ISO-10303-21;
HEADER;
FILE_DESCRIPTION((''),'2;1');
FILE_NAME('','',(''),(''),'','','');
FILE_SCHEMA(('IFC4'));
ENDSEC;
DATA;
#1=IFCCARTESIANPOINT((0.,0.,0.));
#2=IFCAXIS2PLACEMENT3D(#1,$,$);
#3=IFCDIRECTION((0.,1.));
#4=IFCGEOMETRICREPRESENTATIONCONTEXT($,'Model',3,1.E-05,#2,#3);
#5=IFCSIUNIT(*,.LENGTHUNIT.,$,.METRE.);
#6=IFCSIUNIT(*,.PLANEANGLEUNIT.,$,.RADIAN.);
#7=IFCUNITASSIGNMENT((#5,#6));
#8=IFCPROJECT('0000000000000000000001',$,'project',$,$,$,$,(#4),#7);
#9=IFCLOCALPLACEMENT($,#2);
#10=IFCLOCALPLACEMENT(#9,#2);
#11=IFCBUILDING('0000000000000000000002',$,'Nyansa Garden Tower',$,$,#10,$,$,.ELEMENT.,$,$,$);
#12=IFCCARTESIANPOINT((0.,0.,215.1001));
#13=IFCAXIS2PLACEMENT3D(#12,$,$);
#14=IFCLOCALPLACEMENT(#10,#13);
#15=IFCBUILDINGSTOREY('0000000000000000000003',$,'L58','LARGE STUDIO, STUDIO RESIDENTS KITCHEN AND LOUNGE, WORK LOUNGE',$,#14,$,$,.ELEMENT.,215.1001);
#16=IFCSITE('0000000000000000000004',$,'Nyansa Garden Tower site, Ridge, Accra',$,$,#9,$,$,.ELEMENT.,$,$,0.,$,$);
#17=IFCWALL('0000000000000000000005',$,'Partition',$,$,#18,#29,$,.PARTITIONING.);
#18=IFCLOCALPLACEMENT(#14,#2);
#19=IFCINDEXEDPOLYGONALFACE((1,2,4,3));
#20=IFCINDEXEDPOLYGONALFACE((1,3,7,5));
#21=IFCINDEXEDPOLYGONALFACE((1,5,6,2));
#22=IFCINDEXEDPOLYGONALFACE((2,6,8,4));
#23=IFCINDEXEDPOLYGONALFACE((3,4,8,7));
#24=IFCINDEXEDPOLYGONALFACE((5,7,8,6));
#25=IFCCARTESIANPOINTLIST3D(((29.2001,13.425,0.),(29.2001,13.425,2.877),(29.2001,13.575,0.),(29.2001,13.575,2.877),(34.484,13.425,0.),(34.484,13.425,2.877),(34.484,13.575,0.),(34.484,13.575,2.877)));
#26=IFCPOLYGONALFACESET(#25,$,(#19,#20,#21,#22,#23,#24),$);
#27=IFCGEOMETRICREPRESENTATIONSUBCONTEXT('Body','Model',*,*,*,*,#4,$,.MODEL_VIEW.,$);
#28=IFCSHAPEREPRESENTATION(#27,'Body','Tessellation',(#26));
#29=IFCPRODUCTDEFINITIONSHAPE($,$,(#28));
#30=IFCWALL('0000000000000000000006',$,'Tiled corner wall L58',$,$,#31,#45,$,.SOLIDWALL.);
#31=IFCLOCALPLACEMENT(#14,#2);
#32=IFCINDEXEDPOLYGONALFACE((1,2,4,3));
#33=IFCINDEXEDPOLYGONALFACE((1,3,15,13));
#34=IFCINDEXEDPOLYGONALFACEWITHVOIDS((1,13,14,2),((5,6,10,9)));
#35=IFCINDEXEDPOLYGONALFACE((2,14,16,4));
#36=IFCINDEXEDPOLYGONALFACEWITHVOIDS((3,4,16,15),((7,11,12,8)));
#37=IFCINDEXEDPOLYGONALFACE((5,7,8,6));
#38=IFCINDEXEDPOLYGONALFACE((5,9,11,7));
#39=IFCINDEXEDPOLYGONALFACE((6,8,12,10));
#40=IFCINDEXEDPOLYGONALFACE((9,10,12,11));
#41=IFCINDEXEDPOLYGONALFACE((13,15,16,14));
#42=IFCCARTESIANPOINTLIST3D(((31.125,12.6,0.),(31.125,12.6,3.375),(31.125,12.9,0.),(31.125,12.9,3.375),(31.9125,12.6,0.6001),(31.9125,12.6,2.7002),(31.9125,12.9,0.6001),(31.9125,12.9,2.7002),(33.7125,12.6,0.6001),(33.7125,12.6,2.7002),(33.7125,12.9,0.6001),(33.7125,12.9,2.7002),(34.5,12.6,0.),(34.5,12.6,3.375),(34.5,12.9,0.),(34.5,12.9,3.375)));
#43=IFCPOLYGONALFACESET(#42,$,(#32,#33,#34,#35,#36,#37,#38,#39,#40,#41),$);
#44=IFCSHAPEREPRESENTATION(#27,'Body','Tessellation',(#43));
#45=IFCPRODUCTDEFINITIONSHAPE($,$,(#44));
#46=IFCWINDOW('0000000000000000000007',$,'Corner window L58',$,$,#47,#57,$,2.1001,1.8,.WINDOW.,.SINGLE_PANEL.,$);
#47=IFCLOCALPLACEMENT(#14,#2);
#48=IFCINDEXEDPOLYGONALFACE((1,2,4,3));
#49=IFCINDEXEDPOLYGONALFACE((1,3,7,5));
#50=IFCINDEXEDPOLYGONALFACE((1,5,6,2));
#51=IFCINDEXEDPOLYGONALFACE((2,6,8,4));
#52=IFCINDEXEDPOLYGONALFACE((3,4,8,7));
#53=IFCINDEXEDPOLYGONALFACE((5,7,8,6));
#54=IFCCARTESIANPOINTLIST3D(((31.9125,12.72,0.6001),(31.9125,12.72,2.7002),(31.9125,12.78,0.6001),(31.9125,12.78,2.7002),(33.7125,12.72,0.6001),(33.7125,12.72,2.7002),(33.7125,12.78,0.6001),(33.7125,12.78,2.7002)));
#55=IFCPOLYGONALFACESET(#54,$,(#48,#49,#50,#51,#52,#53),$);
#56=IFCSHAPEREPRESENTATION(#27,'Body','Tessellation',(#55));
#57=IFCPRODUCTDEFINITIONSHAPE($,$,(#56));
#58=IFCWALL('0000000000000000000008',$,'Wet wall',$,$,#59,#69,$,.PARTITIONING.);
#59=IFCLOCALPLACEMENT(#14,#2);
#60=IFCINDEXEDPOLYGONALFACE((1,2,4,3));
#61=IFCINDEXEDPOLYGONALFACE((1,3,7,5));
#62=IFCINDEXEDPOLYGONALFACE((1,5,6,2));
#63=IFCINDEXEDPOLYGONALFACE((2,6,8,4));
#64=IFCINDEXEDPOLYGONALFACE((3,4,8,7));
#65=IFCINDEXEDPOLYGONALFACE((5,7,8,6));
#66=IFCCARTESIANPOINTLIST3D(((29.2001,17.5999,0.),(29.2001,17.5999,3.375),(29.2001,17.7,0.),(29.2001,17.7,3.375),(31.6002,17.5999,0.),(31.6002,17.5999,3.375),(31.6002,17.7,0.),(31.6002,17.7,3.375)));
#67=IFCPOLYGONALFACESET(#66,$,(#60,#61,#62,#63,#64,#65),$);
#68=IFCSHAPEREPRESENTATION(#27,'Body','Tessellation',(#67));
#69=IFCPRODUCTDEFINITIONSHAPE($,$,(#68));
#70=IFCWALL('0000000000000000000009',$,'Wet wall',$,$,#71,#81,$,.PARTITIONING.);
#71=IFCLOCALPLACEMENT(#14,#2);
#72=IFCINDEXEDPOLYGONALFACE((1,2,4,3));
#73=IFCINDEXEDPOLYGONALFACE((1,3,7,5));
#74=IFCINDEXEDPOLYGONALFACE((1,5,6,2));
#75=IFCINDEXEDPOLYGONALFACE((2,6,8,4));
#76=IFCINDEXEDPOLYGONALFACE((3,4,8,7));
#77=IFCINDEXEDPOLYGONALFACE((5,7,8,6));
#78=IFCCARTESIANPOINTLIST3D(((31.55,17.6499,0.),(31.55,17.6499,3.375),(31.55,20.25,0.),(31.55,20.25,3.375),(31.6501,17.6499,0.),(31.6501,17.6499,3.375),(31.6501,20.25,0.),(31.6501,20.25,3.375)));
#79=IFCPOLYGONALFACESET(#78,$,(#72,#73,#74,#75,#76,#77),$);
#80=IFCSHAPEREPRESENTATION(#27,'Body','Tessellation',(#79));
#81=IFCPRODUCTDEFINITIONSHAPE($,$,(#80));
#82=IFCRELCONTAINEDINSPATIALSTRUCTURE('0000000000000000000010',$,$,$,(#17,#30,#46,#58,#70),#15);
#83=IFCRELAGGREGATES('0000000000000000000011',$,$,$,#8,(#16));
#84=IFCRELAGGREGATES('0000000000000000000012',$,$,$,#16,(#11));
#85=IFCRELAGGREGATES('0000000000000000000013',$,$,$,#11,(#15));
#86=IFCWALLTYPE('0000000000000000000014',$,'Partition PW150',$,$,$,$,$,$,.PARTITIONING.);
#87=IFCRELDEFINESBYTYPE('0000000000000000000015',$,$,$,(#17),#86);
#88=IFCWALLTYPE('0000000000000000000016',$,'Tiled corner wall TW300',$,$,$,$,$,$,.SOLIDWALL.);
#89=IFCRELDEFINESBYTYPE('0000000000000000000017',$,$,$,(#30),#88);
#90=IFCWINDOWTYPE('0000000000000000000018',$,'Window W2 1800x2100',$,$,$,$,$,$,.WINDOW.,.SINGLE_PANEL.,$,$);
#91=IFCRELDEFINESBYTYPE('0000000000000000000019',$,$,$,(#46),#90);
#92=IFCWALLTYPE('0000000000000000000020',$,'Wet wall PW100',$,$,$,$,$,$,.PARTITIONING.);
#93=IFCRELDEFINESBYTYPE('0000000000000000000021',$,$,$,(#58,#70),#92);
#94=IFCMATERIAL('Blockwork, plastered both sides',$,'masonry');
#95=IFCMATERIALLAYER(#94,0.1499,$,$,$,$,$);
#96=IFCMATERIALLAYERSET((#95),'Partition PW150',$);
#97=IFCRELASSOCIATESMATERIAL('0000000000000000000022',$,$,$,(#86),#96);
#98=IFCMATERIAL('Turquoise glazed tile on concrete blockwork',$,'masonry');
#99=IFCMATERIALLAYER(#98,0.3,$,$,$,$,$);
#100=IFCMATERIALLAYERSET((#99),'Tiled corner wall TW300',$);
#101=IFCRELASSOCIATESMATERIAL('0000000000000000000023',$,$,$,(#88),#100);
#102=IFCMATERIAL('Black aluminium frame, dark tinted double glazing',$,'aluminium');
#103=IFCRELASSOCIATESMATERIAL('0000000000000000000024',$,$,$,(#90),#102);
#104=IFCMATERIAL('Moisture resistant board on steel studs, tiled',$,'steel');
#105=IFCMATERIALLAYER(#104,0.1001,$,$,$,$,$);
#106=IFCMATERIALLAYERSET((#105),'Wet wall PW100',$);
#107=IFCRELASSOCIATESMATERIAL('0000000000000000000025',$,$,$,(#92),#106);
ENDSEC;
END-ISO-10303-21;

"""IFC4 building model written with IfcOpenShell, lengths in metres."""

from ifc_helpers import new_model, si_unit, direction, frame, frame_2d, origin, place, context, subcontext, project, spatial, rectangle, extrude, material, layer, layer_set, type_object, element, fill, save


model = new_model("IFC4")

# Units and contexts
model_context = context("Model", 3, precision=1e-05, world=origin(), true_north=direction((0.0, 1.0)))
body_context = subcontext(model_context, "Body", "Model", "MODEL_VIEW")
ifc_project = project(units=[si_unit("LENGTHUNIT", "METRE"), si_unit("PLANEANGLEUNIT", "RADIAN")], contexts=[model_context])

# Site, building, storey
site_placement = place(None, origin())
site = spatial("IfcSite", under=ifc_project, at=site_placement, Name="Nyansa Garden Tower site, Ridge, Accra", CompositionType="ELEMENT", RefElevation=0.0)
building_placement = place(site_placement, origin())
building = spatial("IfcBuilding", under=site, at=building_placement, Name="Nyansa Garden Tower", CompositionType="ELEMENT")
storey_placement = place(building_placement, frame((0.0, 0.0, 215.1001)))
storey = spatial("IfcBuildingStorey", under=building, at=storey_placement, Name="L58", Description="LARGE STUDIO, STUDIO RESIDENTS KITCHEN AND LOUNGE, WORK LOUNGE", CompositionType="ELEMENT", Elevation=215.1001)

# Wall
ifc_material_1 = material(Name="Blockwork, plastered both sides", Category="masonry")
ifc_layer_1 = layer(ifc_material_1, 0.1499)
ifc_layer_set_1 = layer_set([ifc_layer_1], Name="Partition PW150")
wall_type_1 = type_object("IfcWallType", Name="Partition PW150", PredefinedType="PARTITIONING", material=ifc_layer_set_1)
wall_1_placement = place(storey_placement, frame((29.2, 13.5, 0.0), z_axis=(0.0, 0.0, 1.0), x_axis=(1.0, 0.0, 0.0)))
element("IfcWall", 1, at=wall_1_placement, inside=storey, type_object=wall_type_1, Name="Partition", PredefinedType="PARTITIONING", context=body_context, shape_type="SweptSolid", body=[
    extrude(rectangle(XDim=5.2839, YDim=0.1499, at=frame_2d((2.6421, 0.0))), origin(), (0.0, 0.0, 1.0), 2.877),
])

# Wall, opening, window
ifc_material_2 = material(Name="Turquoise glazed tile on concrete blockwork", Category="masonry")
ifc_layer_2 = layer(ifc_material_2, 0.3)
ifc_layer_set_2 = layer_set([ifc_layer_2], Name="Tiled corner wall TW300")
wall_type_2 = type_object("IfcWallType", Name="Tiled corner wall TW300", PredefinedType="SOLIDWALL", material=ifc_layer_set_2)
wall_2_placement = place(storey_placement, frame((31.125, 12.75, 0.0), z_axis=(0.0, 0.0, 1.0), x_axis=(1.0, 0.0, 0.0)))
wall_2 = element("IfcWall", 2, at=wall_2_placement, inside=storey, type_object=wall_type_2, Name="Tiled corner wall L58", PredefinedType="SOLIDWALL", context=body_context, shape_type="SweptSolid", body=[
    extrude(rectangle(XDim=3.375, YDim=0.3, at=frame_2d((1.6875, 0.0))), origin(), (0.0, 0.0, 1.0), 3.375),
])
opening_1_placement = place(wall_2_placement, frame((0.7876, 0.0, 0.6001)))
opening_1 = element("IfcOpeningElement", 3, at=opening_1_placement, cuts=wall_2, PredefinedType="OPENING", context=body_context, shape_type="SweptSolid", body=[
    extrude(rectangle(XDim=1.8, YDim=2.1001, at=frame_2d((0.8999, 1.05))), frame((0.0, 0.1599, 0.0), z_axis=(0.0, -1.0, 0.0), x_axis=(1.0, 0.0, 0.0)), (0.0, 0.0, 1.0), 0.3201),
])
ifc_material_3 = material(Name="Black aluminium frame, dark tinted double glazing", Category="aluminium")
window_type = type_object("IfcWindowType", Name="Window W2 1800x2100", PartitioningType="SINGLE_PANEL", PredefinedType="WINDOW", material=ifc_material_3)
window_placement = place(opening_1_placement, origin())
window = element("IfcWindow", 4, at=window_placement, inside=storey, type_object=window_type, Name="Corner window L58", OverallHeight=2.1001, OverallWidth=1.8, PartitioningType="SINGLE_PANEL", PredefinedType="WINDOW", context=body_context, shape_type="SweptSolid", body=[
    extrude(rectangle(XDim=1.8, YDim=2.1001, at=frame_2d((0.8999, 1.05))), frame((0.0, 0.03, 0.0), z_axis=(0.0, -1.0, 0.0), x_axis=(1.0, 0.0, 0.0)), (0.0, 0.0, 1.0), 0.0601),
])
fill(opening_1, window)

# Walls
ifc_material_4 = material(Name="Moisture resistant board on steel studs, tiled", Category="steel")
ifc_layer_3 = layer(ifc_material_4, 0.1001)
ifc_layer_set_3 = layer_set([ifc_layer_3], Name="Wet wall PW100")
wall_type_3 = type_object("IfcWallType", Name="Wet wall PW100", PredefinedType="PARTITIONING", material=ifc_layer_set_3)
wall_3_placement = place(storey_placement, frame((29.2, 17.6499, 0.0), z_axis=(0.0, 0.0, 1.0), x_axis=(1.0, 0.0, 0.0)))
element("IfcWall", 5, at=wall_3_placement, inside=storey, type_object=wall_type_3, Name="Wet wall", PredefinedType="PARTITIONING", context=body_context, shape_type="SweptSolid", body=[
    extrude(rectangle(XDim=2.4001, YDim=0.1001, at=frame_2d((1.2002, 0.0))), origin(), (0.0, 0.0, 1.0), 3.375),
])
wall_4_placement = place(storey_placement, frame((31.6001, 17.6499, 0.0), z_axis=(0.0, 0.0, 1.0), x_axis=(0.0, 1.0, 0.0)))
element("IfcWall", 6, at=wall_4_placement, inside=storey, type_object=wall_type_3, Name="Wet wall", PredefinedType="PARTITIONING", context=body_context, shape_type="SweptSolid", body=[
    extrude(rectangle(XDim=2.6001, YDim=0.1001, at=frame_2d((1.3, 0.0))), origin(), (0.0, 0.0, 1.0), 3.375),
])

save(model, "model.ifc")
